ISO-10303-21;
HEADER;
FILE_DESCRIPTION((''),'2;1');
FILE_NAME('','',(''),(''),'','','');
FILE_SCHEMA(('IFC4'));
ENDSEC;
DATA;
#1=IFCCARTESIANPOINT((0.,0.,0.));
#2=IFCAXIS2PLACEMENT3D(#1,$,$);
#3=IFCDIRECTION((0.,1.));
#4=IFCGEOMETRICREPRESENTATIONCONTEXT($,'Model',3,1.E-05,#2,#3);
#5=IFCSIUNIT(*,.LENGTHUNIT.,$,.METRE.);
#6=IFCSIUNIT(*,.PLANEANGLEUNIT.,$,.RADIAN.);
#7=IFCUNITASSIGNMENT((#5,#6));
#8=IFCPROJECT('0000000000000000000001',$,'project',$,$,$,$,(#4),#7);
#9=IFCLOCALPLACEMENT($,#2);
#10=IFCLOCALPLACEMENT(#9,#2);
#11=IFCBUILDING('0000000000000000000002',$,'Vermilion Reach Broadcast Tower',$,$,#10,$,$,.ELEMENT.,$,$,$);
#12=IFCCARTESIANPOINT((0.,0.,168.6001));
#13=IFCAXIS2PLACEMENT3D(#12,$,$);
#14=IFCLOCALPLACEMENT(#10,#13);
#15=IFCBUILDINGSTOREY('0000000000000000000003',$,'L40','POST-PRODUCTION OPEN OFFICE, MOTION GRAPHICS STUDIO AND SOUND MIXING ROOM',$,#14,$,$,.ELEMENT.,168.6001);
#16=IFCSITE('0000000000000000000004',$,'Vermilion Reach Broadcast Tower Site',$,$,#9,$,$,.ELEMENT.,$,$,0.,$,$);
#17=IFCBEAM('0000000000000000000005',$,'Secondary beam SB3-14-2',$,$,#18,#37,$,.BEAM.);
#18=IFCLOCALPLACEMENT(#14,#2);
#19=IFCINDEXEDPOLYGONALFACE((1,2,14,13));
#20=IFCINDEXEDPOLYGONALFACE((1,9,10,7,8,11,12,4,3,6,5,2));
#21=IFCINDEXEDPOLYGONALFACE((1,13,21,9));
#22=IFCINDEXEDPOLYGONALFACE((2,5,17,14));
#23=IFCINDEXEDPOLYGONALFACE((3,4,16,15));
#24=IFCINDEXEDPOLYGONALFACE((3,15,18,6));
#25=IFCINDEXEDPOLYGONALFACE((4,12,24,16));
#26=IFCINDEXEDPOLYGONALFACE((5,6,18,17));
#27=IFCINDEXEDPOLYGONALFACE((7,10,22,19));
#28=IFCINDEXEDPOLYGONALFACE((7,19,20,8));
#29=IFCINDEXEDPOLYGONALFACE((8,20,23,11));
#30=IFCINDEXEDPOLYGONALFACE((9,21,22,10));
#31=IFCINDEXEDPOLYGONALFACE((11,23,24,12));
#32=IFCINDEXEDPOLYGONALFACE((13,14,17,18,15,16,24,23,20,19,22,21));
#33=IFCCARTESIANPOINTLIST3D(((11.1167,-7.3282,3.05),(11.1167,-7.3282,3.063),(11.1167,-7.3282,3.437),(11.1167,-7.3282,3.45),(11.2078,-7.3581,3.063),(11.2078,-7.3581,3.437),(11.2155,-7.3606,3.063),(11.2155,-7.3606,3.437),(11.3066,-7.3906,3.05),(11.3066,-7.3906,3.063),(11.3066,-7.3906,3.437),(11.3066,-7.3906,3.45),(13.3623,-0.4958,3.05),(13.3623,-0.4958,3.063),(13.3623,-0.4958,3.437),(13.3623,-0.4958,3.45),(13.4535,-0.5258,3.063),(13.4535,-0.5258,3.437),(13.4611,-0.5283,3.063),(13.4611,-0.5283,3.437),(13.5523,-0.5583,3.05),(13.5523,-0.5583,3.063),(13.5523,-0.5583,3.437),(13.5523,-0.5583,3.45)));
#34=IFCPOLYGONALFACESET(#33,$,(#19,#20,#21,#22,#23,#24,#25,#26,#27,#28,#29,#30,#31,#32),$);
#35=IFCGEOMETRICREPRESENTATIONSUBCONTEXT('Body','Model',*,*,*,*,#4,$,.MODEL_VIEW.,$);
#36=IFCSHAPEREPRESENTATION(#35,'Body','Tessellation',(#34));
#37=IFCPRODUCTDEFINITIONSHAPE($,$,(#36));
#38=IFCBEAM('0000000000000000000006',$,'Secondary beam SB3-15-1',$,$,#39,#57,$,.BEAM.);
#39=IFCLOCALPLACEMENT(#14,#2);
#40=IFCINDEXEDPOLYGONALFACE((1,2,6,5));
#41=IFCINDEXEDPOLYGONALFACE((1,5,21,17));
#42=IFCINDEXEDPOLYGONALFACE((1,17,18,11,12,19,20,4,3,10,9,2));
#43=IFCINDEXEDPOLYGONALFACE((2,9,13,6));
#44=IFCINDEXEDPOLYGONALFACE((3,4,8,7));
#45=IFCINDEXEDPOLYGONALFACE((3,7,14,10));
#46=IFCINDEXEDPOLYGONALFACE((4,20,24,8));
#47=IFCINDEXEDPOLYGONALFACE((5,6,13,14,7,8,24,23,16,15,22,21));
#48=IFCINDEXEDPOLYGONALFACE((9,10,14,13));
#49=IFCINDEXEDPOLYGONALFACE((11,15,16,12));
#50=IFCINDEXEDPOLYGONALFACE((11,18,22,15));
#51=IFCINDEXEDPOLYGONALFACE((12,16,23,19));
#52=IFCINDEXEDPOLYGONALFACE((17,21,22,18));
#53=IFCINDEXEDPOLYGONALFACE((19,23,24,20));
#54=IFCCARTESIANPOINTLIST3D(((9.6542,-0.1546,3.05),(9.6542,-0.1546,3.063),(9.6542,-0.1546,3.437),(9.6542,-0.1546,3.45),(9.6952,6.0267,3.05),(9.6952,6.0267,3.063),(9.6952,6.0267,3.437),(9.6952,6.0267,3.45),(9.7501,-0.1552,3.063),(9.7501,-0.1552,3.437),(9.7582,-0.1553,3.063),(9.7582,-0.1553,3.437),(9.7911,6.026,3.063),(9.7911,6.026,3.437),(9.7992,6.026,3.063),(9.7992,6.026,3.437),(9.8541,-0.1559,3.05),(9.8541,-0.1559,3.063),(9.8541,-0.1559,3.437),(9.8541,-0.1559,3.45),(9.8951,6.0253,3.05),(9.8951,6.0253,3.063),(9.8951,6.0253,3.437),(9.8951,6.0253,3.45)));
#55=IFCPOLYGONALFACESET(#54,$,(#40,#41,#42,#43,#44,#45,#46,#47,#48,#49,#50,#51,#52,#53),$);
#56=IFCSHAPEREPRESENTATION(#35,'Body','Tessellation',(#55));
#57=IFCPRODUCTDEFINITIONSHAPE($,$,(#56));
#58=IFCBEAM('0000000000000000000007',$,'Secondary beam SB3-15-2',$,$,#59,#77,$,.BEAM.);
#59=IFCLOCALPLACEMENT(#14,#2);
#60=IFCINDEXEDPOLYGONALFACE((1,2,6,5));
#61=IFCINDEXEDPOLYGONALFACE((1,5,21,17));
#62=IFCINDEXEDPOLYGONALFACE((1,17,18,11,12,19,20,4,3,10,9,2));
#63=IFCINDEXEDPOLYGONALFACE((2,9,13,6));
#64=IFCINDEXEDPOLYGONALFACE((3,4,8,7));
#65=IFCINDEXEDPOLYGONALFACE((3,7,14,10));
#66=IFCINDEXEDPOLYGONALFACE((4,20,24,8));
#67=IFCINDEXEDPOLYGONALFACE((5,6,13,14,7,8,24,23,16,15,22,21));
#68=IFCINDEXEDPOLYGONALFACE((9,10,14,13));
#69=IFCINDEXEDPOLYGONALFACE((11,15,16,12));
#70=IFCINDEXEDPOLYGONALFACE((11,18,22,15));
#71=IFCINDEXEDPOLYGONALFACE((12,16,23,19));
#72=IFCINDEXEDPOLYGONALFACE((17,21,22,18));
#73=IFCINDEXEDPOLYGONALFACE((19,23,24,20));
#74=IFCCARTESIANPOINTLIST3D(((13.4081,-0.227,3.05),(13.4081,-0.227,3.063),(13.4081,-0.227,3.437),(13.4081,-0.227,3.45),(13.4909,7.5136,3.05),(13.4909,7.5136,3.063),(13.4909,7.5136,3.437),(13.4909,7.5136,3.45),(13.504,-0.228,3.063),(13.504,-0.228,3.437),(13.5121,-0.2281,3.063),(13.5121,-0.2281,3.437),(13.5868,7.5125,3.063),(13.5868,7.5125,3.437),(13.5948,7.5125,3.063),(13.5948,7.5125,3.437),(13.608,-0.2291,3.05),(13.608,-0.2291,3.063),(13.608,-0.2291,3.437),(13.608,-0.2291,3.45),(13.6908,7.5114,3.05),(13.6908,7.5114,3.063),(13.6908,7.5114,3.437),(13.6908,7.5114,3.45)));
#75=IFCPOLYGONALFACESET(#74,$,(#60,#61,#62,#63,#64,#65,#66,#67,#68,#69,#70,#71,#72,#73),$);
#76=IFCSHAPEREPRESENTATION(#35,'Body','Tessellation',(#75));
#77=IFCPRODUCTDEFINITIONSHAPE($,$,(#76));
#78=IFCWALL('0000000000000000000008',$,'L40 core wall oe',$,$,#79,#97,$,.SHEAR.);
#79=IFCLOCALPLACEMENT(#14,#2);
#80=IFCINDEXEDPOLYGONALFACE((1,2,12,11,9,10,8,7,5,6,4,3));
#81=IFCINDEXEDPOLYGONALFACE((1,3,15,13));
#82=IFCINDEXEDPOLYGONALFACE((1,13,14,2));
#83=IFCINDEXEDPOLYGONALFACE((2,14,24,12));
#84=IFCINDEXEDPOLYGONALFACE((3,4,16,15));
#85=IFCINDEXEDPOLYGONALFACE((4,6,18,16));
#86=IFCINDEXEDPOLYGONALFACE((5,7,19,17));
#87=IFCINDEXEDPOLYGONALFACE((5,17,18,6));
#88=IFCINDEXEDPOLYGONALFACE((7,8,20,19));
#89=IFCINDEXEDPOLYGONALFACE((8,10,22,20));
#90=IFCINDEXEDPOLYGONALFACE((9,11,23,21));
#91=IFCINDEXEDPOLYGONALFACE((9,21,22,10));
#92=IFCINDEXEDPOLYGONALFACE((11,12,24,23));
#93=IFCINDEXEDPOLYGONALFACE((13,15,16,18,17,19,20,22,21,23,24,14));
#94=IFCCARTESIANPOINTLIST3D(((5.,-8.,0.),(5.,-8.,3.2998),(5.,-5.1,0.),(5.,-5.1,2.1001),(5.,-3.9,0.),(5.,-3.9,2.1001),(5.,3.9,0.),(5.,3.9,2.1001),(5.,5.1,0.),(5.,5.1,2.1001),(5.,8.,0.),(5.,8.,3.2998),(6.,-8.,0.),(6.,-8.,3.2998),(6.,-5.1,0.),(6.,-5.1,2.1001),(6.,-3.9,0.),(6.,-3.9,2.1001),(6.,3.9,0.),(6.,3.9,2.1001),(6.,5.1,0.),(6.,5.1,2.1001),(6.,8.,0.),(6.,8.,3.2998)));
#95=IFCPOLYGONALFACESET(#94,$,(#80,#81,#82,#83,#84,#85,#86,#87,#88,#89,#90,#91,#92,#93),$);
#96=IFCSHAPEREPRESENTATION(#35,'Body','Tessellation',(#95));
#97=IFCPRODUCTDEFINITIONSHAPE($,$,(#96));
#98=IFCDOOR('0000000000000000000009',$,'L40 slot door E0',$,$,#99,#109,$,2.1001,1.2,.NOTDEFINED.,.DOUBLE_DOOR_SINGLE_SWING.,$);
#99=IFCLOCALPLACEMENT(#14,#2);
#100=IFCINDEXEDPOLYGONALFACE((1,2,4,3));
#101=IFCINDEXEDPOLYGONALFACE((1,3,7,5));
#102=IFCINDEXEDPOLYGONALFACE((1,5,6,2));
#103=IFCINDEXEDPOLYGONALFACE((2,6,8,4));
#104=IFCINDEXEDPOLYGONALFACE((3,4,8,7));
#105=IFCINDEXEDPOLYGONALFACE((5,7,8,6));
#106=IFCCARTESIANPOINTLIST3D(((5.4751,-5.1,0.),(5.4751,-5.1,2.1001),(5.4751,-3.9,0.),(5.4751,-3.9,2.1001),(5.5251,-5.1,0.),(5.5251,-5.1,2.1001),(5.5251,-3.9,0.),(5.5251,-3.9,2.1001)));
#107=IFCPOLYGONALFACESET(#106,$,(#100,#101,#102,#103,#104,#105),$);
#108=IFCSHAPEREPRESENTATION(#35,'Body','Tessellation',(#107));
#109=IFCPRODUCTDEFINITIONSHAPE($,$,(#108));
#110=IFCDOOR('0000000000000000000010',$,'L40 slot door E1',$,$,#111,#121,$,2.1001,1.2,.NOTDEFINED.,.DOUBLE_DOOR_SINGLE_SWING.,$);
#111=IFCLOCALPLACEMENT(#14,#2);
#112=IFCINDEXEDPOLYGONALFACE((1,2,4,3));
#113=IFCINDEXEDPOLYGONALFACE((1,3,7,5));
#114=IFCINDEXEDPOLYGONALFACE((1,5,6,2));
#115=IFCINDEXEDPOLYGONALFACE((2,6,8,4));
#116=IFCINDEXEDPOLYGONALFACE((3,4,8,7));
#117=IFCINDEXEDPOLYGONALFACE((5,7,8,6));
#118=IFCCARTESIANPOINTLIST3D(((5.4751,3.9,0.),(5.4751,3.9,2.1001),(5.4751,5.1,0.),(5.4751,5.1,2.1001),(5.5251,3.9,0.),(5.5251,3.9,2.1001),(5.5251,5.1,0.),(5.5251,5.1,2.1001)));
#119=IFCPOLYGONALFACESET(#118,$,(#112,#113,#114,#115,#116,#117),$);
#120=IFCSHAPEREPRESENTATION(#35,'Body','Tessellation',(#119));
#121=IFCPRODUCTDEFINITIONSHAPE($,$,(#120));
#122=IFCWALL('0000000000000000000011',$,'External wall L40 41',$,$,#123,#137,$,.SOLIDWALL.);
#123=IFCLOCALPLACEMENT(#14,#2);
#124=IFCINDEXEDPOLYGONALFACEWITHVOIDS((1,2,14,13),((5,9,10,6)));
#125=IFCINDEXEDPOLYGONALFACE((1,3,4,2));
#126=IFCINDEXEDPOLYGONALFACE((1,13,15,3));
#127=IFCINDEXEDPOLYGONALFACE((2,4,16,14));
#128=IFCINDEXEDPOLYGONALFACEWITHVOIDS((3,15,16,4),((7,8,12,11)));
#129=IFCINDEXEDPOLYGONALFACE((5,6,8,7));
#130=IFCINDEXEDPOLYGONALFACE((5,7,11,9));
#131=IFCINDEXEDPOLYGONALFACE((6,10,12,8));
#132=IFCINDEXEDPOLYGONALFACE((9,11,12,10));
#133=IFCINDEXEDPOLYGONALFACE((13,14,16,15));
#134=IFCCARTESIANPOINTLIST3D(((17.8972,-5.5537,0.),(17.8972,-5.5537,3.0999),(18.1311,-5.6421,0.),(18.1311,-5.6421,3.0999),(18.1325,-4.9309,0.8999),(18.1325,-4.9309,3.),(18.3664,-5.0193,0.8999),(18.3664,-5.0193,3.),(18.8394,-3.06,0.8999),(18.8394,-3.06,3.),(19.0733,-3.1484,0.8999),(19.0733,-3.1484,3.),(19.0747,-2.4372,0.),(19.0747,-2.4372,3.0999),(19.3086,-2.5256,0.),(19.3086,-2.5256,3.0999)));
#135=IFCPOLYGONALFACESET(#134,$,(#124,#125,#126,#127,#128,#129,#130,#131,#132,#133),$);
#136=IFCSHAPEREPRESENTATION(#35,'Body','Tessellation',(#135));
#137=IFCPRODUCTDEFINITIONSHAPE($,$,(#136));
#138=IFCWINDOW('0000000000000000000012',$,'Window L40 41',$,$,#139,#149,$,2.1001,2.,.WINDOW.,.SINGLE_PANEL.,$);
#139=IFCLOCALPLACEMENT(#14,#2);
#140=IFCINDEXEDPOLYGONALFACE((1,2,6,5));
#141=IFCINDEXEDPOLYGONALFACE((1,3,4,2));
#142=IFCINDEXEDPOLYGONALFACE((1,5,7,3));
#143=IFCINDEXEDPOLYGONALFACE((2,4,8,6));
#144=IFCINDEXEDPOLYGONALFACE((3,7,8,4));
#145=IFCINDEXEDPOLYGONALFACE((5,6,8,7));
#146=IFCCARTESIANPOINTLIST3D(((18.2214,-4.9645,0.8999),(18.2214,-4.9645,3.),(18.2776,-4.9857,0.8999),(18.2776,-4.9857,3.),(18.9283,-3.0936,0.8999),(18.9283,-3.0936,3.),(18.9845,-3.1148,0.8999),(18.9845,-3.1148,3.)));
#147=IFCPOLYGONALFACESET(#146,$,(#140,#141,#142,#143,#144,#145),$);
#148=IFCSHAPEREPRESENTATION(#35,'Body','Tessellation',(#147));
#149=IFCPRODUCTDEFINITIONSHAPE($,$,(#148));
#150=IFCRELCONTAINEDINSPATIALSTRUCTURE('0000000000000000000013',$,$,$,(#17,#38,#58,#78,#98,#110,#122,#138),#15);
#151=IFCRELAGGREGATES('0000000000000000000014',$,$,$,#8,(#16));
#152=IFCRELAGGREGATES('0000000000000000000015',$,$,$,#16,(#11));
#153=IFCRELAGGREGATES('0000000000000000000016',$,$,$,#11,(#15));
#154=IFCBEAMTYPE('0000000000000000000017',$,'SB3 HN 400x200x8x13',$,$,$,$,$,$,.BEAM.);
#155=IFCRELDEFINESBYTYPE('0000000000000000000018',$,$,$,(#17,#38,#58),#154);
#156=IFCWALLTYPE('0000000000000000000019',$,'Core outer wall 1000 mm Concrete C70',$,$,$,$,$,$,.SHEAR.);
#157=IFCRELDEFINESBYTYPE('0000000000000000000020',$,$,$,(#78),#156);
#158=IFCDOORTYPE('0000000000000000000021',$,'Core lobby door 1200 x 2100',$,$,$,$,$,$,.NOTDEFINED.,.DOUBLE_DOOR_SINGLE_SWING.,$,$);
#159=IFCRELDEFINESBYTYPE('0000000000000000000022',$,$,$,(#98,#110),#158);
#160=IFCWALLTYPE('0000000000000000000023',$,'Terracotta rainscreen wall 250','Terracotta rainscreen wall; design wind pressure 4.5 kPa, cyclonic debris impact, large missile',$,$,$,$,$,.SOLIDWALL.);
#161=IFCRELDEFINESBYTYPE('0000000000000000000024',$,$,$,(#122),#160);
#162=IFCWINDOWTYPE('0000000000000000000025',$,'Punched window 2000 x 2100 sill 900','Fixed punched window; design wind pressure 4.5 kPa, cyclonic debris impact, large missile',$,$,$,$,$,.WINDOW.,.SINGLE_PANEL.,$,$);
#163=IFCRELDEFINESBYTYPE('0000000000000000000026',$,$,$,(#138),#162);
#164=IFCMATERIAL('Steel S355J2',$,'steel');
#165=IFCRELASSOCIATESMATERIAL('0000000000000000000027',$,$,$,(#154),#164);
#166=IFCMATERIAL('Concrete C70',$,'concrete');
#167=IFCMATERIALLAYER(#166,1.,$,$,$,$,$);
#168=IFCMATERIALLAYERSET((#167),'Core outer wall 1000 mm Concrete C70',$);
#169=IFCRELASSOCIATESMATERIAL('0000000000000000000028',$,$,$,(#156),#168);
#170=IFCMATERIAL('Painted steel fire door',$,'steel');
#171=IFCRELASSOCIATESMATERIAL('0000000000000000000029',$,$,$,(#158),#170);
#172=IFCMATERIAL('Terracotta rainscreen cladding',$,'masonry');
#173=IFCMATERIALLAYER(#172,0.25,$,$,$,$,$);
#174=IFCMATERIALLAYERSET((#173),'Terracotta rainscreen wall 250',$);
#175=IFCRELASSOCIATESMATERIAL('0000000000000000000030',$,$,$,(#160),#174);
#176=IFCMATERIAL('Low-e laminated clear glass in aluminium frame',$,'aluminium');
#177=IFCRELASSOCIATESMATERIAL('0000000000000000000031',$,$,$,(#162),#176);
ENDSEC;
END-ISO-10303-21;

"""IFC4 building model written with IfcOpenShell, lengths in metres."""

from ifc_helpers import new_model, si_unit, direction, frame, frame_2d, origin, origin_2d, place, context, subcontext, project, spatial, rectangle, i_section, extrude, material, layer, layer_set, material_profile, profile_set, type_object, element, fill, save


model = new_model("IFC4")

# Units and contexts
model_context = context("Model", 3, precision=1e-05, world=origin(), true_north=direction((0.0, 1.0)))
body_context = subcontext(model_context, "Body", "Model", "MODEL_VIEW")
ifc_project = project(units=[si_unit("LENGTHUNIT", "METRE"), si_unit("PLANEANGLEUNIT", "RADIAN")], contexts=[model_context])

# Site, building, storey
site_placement = place(None, origin())
site = spatial("IfcSite", under=ifc_project, at=site_placement, Name="Vermilion Reach Broadcast Tower Site", CompositionType="ELEMENT", RefElevation=0.0)
building_placement = place(site_placement, origin())
building = spatial("IfcBuilding", under=site, at=building_placement, Name="Vermilion Reach Broadcast Tower", CompositionType="ELEMENT")
storey_placement = place(building_placement, frame((0.0, 0.0, 168.6001)))
storey = spatial("IfcBuildingStorey", under=building, at=storey_placement, Name="L40", Description="POST-PRODUCTION OPEN OFFICE, MOTION GRAPHICS STUDIO AND SOUND MIXING ROOM", CompositionType="ELEMENT", Elevation=168.6001)

# Beams
ifc_material_1 = material(Name="Steel S355J2", Category="steel")
ifc_material_profile_1 = material_profile(ifc_material_1, i_section(OverallWidth=0.2, OverallDepth=0.3999, WebThickness=0.0081, FlangeThickness=0.0129, at=origin_2d()), Name="S355J2 HN 400x200x8x13")
ifc_profile_set_1 = profile_set([ifc_material_profile_1], Name="Steel S355J2")
beam_type_1 = type_object("IfcBeamType", Name="SB3 HN 400x200x8x13", PredefinedType="BEAM", material=ifc_profile_set_1)
beam_1_placement = place(storey_placement, frame((11.2117, -7.3594, 3.25), z_axis=(0.312243, 0.950002, 0.0), x_axis=(-0.950002, 0.312243, 0.0)))
element("IfcBeam", 1, at=beam_1_placement, inside=storey, type_object=beam_type_1, Name="Secondary beam SB3-14-2", PredefinedType="BEAM", context=body_context, shape_type="SweptSolid", body=[
    extrude(i_section(OverallWidth=0.2, OverallDepth=0.3999, WebThickness=0.0081, FlangeThickness=0.0129, at=origin_2d()), origin(), (0.0, 0.0, 1.0), 7.1919),
])
beam_2_placement = place(storey_placement, frame((9.7542, -0.1553, 3.25), z_axis=(0.006635, 0.999978, 0.0), x_axis=(-0.999978, 0.006635, 0.0)))
element("IfcBeam", 2, at=beam_2_placement, inside=storey, type_object=beam_type_1, Name="Secondary beam SB3-15-1", PredefinedType="BEAM", context=body_context, shape_type="SweptSolid", body=[
    extrude(i_section(OverallWidth=0.2, OverallDepth=0.3999, WebThickness=0.0081, FlangeThickness=0.0129, at=origin_2d()), origin(), (0.0, 0.0, 1.0), 6.1814),
])
beam_3_placement = place(storey_placement, frame((13.5081, -0.228, 3.25), z_axis=(0.010692, 0.999943, 0.0), x_axis=(-0.999943, 0.010692, 0.0)))
element("IfcBeam", 3, at=beam_3_placement, inside=storey, type_object=beam_type_1, Name="Secondary beam SB3-15-2", PredefinedType="BEAM", context=body_context, shape_type="SweptSolid", body=[
    extrude(i_section(OverallWidth=0.2, OverallDepth=0.3999, WebThickness=0.0081, FlangeThickness=0.0129, at=origin_2d()), origin(), (0.0, 0.0, 1.0), 7.741),
])

# Wall, openings, doors
ifc_material_2 = material(Name="Concrete C70", Category="concrete")
ifc_layer_1 = layer(ifc_material_2, 1.0)
ifc_layer_set_1 = layer_set([ifc_layer_1], Name="Core outer wall 1000 mm Concrete C70")
wall_type_1 = type_object("IfcWallType", Name="Core outer wall 1000 mm Concrete C70", PredefinedType="SHEAR", material=ifc_layer_set_1)
wall_1_placement = place(storey_placement, frame((5.5, -8.0, 0.0), z_axis=(0.0, 0.0, 1.0), x_axis=(0.0, 1.0, 0.0)))
wall_1 = element("IfcWall", 4, at=wall_1_placement, inside=storey, type_object=wall_type_1, Name="L40 core wall oe", PredefinedType="SHEAR", context=body_context, shape_type="SweptSolid", body=[
    extrude(rectangle(XDim=16.0, YDim=1.0, at=frame_2d((8.0, 0.0))), origin(), (0.0, 0.0, 1.0), 3.2998),
])
opening_1_placement = place(wall_1_placement, frame((2.8999, 0.0, 0.0)))
opening_1 = element("IfcOpeningElement", 5, at=opening_1_placement, cuts=wall_1, PredefinedType="OPENING", context=body_context, shape_type="SweptSolid", body=[
    extrude(rectangle(XDim=1.2, YDim=2.1001, at=frame_2d((0.6001, 1.05))), frame((0.0, 0.51, 0.0), z_axis=(0.0, -1.0, 0.0), x_axis=(1.0, 0.0, 0.0)), (0.0, 0.0, 1.0), 1.02),
])
opening_2_placement = place(wall_1_placement, frame((11.8999, 0.0, 0.0)))
opening_2 = element("IfcOpeningElement", 6, at=opening_2_placement, cuts=wall_1, PredefinedType="OPENING", context=body_context, shape_type="SweptSolid", body=[
    extrude(rectangle(XDim=1.2, YDim=2.1001, at=frame_2d((0.6001, 1.05))), frame((0.0, 0.51, 0.0), z_axis=(0.0, -1.0, 0.0), x_axis=(1.0, 0.0, 0.0)), (0.0, 0.0, 1.0), 1.02),
])
ifc_material_3 = material(Name="Painted steel fire door", Category="steel")
door_type_1 = type_object("IfcDoorType", Name="Core lobby door 1200 x 2100", OperationType="DOUBLE_DOOR_SINGLE_SWING", PredefinedType="NOTDEFINED", material=ifc_material_3)
door_1_placement = place(opening_1_placement, origin())
door_1 = element("IfcDoor", 7, at=door_1_placement, inside=storey, type_object=door_type_1, Name="L40 slot door E0", OperationType="DOUBLE_DOOR_SINGLE_SWING", OverallHeight=2.1001, OverallWidth=1.2, PredefinedType="NOTDEFINED", context=body_context, shape_type="SweptSolid", body=[
    extrude(rectangle(XDim=1.2, YDim=2.1001, at=frame_2d((0.6001, 1.05))), frame((0.0, 0.0249, 0.0), z_axis=(0.0, -1.0, 0.0), x_axis=(1.0, 0.0, 0.0)), (0.0, 0.0, 1.0), 0.05),
])
fill(opening_1, door_1)
door_2_placement = place(opening_2_placement, origin())
door_2 = element("IfcDoor", 8, at=door_2_placement, inside=storey, type_object=door_type_1, Name="L40 slot door E1", OperationType="DOUBLE_DOOR_SINGLE_SWING", OverallHeight=2.1001, OverallWidth=1.2, PredefinedType="NOTDEFINED", context=body_context, shape_type="SweptSolid", body=[
    extrude(rectangle(XDim=1.2, YDim=2.1001, at=frame_2d((0.6001, 1.05))), frame((0.0, 0.0249, 0.0), z_axis=(0.0, -1.0, 0.0), x_axis=(1.0, 0.0, 0.0)), (0.0, 0.0, 1.0), 0.05),
])
fill(opening_2, door_2)

# Shared definitions
ifc_material_4 = material(Name="Terracotta rainscreen cladding", Category="masonry")
ifc_layer_2 = layer(ifc_material_4, 0.25)
ifc_layer_set_2 = layer_set([ifc_layer_2], Name="Terracotta rainscreen wall 250")
wall_type_2 = type_object("IfcWallType", Name="Terracotta rainscreen wall 250", Description="Terracotta rainscreen wall; design wind pressure 4.5 kPa, cyclonic debris impact, large missile", PredefinedType="SOLIDWALL", material=ifc_layer_set_2)

# Wall, opening, window
wall_2_placement = place(storey_placement, frame((18.0142, -5.5979, 0.0), z_axis=(0.0, 0.0, 1.0), x_axis=(0.353443, 0.935456, 0.0)))
wall_2 = element("IfcWall", 9, at=wall_2_placement, inside=storey, type_object=wall_type_2, Name="External wall L40 41", PredefinedType="SOLIDWALL", context=body_context, shape_type="SweptSolid", body=[
    extrude(rectangle(XDim=3.3315, YDim=0.25, at=frame_2d((1.6658, 0.0))), origin(), (0.0, 0.0, 1.0), 3.0999),
])
opening_3_placement = place(wall_2_placement, frame((0.6658, 0.0, 0.8999)))
opening_3 = element("IfcOpeningElement", 10, at=opening_3_placement, cuts=wall_2, PredefinedType="OPENING", context=body_context, shape_type="SweptSolid", body=[
    extrude(rectangle(XDim=2.0, YDim=2.1001, at=frame_2d((1.0, 1.05))), frame((0.0, 0.135, 0.0), z_axis=(0.0, -1.0, 0.0), x_axis=(1.0, 0.0, 0.0)), (0.0, 0.0, 1.0), 0.27),
])
ifc_material_5 = material(Name="Low-e laminated clear glass in aluminium frame", Category="aluminium")
window_type = type_object("IfcWindowType", Name="Punched window 2000 x 2100 sill 900", Description="Fixed punched window; design wind pressure 4.5 kPa, cyclonic debris impact, large missile", PartitioningType="SINGLE_PANEL", PredefinedType="WINDOW", material=ifc_material_5)
window_1_placement = place(opening_3_placement, origin())
window_1 = element("IfcWindow", 11, at=window_1_placement, inside=storey, type_object=window_type, Name="Window L40 41", OverallHeight=2.1001, OverallWidth=2.0, PartitioningType="SINGLE_PANEL", PredefinedType="WINDOW", context=body_context, shape_type="SweptSolid", body=[
    extrude(rectangle(XDim=2.0, YDim=2.1001, at=frame_2d((1.0, 1.05))), frame((0.0, 0.03, 0.0), z_axis=(0.0, -1.0, 0.0), x_axis=(1.0, 0.0, 0.0)), (0.0, 0.0, 1.0), 0.0601),
])
fill(opening_3, window_1)

save(model, "model.ifc")
